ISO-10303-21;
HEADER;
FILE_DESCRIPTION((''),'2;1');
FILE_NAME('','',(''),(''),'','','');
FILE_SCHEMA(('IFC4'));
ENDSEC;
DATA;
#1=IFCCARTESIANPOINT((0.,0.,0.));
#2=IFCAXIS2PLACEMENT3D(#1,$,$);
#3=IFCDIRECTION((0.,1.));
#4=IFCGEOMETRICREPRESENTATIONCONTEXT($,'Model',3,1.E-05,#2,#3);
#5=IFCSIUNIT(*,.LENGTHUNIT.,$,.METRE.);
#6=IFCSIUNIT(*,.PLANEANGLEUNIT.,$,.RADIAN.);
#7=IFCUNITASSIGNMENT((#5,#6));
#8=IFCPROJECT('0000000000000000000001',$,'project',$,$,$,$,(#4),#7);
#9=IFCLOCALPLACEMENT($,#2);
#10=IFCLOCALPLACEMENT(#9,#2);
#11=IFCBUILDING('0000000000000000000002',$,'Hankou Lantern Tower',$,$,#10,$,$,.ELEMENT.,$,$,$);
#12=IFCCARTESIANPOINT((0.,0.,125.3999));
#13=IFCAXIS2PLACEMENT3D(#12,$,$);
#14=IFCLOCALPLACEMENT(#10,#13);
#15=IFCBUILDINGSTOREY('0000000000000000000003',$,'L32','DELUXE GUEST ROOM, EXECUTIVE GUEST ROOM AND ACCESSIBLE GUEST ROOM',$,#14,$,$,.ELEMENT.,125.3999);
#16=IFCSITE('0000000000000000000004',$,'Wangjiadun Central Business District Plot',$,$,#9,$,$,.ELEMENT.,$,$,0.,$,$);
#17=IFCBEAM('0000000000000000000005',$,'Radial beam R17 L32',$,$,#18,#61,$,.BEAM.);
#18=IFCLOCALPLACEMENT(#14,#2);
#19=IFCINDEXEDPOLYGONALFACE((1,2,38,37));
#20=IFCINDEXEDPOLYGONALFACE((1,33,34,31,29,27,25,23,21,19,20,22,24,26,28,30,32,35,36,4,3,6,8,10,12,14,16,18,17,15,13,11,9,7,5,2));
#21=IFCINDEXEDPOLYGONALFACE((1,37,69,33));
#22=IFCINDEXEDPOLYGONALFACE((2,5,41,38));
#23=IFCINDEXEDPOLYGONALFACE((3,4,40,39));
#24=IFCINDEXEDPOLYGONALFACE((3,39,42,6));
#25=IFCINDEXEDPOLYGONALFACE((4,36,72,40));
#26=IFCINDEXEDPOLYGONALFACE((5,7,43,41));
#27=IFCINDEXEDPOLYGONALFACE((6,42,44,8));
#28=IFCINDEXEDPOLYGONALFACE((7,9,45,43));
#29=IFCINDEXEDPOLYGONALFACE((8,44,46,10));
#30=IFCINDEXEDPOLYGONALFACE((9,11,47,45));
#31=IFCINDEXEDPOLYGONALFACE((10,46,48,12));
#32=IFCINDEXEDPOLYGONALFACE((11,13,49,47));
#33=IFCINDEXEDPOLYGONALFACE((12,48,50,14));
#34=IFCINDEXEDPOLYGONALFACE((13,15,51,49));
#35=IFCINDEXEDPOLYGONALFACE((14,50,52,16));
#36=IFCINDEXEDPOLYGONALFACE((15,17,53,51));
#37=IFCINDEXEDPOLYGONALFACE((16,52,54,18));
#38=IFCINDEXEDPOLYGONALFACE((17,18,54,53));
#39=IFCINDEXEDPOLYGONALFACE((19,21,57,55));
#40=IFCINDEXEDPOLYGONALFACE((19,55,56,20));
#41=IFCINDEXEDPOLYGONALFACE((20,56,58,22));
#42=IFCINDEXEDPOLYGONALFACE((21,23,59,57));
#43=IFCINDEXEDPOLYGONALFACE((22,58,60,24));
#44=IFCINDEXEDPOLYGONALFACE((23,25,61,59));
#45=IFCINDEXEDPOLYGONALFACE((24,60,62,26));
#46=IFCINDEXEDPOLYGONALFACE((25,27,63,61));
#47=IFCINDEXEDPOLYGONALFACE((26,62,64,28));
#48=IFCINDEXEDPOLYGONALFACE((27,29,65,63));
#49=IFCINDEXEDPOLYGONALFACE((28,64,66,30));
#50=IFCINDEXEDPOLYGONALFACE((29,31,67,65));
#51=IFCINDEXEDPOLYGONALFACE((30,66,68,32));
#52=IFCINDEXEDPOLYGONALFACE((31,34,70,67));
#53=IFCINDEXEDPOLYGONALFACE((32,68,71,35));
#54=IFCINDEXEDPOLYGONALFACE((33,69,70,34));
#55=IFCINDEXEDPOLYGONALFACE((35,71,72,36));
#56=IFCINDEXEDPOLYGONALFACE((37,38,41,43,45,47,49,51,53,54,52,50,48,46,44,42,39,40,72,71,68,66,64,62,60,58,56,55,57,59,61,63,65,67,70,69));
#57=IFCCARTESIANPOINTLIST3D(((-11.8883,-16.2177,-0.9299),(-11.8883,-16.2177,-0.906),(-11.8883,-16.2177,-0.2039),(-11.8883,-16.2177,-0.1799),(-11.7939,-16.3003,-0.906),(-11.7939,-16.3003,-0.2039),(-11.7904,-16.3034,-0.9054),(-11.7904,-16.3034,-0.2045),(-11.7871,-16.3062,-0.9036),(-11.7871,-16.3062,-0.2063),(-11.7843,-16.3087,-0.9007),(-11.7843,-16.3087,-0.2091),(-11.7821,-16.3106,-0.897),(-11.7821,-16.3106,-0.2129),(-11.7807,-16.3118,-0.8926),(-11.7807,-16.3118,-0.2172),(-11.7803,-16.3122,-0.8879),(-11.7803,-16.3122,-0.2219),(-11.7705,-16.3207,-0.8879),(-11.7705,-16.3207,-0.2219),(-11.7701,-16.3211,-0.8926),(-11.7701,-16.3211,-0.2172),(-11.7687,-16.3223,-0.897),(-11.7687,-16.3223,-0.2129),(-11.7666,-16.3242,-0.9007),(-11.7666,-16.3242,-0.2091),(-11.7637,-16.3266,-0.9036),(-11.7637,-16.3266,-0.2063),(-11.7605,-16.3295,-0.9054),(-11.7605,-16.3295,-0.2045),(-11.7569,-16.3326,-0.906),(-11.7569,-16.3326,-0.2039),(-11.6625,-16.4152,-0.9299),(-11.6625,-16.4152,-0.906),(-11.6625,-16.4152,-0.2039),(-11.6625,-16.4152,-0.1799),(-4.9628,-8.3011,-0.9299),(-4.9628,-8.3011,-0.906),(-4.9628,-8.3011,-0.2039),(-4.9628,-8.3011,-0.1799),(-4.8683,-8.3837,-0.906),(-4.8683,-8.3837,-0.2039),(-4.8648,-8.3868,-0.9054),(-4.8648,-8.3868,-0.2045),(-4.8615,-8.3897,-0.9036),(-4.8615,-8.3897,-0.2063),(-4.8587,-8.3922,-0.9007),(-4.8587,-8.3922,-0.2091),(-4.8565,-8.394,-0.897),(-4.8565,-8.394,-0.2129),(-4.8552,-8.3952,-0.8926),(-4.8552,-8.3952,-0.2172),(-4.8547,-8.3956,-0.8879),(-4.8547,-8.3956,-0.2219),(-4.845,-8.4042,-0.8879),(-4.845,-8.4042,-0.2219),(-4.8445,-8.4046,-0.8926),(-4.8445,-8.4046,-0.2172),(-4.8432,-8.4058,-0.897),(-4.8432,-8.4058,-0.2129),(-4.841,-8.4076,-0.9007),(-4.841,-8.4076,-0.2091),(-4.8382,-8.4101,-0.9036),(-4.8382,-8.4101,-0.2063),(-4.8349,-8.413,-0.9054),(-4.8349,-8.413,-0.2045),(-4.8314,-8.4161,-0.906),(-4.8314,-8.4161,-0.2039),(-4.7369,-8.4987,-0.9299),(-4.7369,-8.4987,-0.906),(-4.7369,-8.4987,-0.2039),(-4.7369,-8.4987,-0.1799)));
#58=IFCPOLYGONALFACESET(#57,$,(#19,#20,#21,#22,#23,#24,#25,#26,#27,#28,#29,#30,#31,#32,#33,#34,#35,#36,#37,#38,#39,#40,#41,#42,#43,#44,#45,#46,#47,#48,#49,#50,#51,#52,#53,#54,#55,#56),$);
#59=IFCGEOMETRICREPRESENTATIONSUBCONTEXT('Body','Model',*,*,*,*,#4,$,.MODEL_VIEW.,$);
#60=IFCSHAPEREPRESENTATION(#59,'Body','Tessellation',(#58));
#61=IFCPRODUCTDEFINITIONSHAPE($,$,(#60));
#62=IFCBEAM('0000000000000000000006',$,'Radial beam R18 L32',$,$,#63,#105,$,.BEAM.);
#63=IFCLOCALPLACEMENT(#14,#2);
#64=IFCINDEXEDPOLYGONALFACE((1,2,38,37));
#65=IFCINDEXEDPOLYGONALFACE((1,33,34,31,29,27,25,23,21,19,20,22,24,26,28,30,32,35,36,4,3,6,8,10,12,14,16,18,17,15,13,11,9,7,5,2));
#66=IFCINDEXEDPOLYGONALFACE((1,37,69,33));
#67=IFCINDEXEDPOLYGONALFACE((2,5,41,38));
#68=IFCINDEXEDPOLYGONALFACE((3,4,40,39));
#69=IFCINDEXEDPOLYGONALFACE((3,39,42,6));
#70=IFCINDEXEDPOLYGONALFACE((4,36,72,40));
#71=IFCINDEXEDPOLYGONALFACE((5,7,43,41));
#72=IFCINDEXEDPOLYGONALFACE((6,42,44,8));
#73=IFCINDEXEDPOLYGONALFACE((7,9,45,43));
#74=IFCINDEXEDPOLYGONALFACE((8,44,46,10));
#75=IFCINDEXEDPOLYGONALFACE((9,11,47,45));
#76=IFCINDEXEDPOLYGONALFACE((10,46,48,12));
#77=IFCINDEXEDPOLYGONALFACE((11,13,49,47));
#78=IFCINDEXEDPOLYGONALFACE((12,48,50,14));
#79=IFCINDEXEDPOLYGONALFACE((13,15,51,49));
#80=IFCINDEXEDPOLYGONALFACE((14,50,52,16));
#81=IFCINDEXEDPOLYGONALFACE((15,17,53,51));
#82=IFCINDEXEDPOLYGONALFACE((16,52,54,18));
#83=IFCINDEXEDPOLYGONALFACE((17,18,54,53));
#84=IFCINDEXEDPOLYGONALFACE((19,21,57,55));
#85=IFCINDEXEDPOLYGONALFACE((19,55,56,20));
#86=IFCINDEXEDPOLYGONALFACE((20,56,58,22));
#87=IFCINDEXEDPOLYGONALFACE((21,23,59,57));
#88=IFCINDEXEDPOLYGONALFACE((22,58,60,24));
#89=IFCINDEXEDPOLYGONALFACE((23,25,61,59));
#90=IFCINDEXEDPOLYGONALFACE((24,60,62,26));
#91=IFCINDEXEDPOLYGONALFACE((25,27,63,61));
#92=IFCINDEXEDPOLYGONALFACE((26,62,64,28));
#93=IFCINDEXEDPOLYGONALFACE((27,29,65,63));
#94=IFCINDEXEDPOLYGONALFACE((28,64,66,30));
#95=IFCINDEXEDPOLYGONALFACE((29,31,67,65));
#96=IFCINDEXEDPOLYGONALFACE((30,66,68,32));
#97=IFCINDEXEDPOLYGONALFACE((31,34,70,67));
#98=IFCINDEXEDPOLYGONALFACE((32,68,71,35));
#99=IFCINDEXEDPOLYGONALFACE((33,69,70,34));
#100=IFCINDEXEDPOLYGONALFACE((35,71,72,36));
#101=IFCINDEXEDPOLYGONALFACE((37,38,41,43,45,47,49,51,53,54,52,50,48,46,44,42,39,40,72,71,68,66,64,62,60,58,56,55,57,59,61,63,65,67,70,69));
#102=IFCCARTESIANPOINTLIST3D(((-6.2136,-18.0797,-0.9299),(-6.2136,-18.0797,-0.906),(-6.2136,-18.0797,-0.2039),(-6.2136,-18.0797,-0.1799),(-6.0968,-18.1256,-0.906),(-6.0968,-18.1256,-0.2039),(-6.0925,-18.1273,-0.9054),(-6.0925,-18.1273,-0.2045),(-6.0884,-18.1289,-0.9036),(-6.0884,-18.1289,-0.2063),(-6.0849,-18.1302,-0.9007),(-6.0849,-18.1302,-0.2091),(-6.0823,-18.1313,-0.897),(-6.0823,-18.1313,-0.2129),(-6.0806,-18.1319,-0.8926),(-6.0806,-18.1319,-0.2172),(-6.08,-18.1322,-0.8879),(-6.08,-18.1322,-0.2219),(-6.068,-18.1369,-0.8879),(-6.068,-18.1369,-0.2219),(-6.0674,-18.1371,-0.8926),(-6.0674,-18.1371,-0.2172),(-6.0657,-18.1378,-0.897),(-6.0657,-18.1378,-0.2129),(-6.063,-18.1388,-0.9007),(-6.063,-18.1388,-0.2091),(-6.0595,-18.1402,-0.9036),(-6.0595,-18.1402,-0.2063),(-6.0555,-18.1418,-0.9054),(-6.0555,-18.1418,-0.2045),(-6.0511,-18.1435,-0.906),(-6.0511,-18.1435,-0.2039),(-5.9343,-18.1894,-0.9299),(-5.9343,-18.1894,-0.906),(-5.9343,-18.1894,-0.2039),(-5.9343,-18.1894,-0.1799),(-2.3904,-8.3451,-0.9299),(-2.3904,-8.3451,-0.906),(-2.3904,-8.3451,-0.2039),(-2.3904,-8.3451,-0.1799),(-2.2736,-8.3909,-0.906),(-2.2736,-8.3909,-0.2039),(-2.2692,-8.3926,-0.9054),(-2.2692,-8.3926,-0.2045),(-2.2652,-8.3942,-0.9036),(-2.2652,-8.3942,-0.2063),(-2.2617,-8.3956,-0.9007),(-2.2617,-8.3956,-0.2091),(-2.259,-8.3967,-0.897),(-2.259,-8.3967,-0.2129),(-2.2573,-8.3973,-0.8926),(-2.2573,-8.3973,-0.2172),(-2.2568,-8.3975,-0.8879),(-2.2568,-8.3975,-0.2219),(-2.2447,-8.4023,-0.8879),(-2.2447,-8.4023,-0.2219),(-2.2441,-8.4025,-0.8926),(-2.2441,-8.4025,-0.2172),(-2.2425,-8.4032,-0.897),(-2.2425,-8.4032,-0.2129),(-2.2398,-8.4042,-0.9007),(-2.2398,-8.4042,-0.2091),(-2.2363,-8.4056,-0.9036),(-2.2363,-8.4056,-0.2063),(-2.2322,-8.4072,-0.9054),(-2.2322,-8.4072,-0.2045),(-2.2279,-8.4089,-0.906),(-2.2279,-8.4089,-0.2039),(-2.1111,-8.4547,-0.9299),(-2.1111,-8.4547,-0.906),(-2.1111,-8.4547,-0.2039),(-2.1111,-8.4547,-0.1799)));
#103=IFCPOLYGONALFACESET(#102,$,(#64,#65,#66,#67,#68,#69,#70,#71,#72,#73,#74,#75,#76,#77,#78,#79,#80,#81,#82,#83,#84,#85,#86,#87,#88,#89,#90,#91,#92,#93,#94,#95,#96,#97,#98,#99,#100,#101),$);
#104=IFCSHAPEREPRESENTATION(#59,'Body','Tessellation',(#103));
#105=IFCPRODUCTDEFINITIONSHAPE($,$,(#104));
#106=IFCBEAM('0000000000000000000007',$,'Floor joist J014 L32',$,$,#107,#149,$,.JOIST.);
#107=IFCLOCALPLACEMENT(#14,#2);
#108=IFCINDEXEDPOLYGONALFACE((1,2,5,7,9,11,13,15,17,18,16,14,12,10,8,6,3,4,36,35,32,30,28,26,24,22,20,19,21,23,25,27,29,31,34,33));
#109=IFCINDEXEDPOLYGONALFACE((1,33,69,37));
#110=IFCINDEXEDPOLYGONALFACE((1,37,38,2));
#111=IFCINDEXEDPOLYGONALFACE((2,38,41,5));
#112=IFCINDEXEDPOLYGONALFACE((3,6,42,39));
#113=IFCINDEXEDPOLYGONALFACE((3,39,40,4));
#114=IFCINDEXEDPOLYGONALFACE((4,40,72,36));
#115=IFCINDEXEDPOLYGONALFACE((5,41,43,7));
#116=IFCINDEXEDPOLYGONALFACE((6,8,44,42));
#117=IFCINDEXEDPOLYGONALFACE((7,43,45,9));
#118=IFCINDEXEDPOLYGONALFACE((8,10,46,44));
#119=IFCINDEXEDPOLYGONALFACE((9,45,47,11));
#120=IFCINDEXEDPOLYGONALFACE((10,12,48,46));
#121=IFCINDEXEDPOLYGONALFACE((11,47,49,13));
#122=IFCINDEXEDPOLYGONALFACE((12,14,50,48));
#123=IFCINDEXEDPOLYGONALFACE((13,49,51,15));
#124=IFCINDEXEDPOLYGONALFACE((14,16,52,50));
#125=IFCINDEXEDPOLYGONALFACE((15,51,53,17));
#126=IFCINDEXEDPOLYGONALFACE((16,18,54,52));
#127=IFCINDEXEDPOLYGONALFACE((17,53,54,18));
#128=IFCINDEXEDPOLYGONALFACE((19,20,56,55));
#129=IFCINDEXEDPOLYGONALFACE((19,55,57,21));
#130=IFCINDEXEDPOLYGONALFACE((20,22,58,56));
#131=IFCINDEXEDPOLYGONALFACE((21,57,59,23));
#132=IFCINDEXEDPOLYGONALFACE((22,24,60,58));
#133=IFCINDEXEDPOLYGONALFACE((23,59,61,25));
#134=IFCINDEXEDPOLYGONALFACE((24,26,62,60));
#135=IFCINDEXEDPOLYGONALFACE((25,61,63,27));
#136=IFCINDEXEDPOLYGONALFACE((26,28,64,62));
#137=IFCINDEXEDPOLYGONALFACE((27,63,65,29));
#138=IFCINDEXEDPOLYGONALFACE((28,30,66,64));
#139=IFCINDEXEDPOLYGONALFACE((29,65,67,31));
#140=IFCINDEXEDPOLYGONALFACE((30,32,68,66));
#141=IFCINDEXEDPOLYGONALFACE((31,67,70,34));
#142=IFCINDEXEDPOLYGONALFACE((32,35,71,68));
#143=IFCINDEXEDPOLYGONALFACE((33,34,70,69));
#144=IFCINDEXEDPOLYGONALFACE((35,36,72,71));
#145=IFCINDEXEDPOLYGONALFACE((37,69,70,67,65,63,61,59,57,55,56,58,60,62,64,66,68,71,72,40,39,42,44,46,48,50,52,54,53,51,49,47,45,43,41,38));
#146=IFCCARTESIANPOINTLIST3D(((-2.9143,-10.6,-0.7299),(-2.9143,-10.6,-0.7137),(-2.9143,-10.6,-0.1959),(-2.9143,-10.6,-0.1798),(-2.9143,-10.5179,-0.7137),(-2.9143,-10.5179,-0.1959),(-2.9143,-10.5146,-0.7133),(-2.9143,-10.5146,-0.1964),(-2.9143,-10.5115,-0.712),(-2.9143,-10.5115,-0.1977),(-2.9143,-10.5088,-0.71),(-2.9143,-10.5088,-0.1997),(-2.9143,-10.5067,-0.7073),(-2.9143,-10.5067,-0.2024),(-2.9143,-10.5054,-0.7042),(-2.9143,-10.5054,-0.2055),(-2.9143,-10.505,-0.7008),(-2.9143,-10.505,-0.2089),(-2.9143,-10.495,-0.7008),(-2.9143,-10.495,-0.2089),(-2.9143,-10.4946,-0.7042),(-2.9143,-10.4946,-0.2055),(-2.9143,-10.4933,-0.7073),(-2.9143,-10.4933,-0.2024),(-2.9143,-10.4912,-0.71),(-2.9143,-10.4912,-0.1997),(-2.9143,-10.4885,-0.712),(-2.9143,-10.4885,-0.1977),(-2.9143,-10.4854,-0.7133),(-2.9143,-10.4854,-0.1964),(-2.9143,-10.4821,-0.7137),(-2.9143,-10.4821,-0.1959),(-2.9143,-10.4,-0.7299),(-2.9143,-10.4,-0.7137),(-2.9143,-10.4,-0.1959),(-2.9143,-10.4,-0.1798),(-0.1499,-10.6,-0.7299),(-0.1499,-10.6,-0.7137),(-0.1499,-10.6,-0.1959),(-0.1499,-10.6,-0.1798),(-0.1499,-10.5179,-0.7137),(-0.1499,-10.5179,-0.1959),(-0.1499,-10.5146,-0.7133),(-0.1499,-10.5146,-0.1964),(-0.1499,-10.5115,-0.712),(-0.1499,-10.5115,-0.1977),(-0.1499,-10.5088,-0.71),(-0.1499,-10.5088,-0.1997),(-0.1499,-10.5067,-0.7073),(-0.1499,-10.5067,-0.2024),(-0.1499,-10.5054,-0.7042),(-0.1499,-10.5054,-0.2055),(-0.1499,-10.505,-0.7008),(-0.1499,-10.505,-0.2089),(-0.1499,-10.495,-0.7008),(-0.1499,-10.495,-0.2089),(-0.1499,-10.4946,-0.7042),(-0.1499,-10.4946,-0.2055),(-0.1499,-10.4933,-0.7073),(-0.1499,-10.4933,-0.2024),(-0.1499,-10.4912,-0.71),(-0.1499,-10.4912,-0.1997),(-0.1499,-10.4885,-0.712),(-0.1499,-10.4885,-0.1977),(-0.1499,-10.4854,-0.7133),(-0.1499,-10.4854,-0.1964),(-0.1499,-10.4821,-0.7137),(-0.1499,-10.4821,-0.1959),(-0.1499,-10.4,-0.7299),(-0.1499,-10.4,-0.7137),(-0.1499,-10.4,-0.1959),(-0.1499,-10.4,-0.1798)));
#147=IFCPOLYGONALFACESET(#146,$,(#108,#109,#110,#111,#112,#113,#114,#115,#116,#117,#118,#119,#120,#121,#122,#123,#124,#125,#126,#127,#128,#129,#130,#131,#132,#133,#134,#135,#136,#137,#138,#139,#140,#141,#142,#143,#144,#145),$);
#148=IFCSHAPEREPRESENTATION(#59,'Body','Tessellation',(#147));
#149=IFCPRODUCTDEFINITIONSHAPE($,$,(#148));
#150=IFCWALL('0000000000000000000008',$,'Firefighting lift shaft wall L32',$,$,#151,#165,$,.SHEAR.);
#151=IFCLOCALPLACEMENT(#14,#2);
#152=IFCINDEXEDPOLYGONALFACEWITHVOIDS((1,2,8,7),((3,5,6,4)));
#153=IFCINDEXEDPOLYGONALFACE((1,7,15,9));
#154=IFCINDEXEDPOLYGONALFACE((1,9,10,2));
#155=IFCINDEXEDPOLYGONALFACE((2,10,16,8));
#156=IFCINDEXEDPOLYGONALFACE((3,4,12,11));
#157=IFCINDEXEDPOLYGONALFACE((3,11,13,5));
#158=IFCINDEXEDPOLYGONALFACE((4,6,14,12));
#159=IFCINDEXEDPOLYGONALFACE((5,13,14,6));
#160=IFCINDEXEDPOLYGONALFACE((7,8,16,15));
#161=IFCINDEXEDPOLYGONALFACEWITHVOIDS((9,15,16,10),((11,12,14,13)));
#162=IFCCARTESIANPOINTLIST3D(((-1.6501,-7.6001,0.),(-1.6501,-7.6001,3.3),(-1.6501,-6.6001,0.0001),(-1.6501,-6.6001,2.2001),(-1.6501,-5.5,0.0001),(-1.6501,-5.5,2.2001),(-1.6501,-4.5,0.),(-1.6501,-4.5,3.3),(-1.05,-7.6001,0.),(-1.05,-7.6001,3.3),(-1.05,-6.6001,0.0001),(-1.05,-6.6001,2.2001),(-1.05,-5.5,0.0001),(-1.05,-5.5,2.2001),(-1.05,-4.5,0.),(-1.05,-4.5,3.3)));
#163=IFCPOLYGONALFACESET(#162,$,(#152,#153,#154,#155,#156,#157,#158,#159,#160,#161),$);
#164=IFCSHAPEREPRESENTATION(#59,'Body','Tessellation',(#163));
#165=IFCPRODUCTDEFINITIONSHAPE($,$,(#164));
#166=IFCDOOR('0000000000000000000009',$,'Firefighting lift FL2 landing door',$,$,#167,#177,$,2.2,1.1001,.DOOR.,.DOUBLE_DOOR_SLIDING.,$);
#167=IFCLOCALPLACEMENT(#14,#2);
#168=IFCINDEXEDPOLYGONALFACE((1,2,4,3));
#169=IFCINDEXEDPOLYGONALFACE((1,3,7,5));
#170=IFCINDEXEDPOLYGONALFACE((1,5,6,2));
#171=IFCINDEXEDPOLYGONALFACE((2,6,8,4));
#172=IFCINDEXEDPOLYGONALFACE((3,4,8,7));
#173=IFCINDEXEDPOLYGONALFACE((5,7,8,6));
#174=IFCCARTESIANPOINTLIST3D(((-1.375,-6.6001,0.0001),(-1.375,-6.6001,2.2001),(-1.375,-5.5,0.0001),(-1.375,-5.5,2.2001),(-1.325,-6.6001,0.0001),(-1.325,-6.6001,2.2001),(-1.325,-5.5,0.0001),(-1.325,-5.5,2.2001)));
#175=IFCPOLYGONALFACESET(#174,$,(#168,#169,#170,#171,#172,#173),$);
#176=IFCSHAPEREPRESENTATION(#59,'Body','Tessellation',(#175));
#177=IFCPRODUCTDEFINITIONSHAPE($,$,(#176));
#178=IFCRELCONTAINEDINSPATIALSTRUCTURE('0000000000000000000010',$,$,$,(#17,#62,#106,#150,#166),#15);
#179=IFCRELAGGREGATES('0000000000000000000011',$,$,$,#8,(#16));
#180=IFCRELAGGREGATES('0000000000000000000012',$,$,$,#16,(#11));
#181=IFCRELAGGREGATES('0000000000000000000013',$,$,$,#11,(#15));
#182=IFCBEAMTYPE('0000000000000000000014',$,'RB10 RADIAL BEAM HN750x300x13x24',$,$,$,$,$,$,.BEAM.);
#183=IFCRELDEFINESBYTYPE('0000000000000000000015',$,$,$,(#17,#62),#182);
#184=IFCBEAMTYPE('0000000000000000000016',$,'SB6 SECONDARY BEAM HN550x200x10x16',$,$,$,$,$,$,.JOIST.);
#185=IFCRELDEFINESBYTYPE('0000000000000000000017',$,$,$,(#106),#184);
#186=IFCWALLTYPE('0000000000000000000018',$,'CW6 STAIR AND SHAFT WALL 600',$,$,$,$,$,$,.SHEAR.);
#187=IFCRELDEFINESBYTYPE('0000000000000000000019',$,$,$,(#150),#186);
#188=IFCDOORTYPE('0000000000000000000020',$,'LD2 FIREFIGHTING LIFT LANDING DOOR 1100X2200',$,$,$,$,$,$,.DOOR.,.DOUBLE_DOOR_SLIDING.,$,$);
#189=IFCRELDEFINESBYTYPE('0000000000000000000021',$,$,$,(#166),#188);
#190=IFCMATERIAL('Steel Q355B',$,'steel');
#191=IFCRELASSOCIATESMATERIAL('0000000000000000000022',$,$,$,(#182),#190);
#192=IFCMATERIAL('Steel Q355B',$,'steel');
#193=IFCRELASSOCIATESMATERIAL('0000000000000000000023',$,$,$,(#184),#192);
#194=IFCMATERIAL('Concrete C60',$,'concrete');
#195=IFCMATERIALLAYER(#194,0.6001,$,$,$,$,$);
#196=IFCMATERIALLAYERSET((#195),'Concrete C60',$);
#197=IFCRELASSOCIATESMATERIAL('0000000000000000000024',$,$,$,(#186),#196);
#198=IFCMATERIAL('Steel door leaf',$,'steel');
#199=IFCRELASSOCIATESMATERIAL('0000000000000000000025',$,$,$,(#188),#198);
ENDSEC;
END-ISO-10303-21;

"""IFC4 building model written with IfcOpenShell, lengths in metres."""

from ifc_helpers import new_model, si_unit, direction, frame, frame_2d, origin, origin_2d, place, context, subcontext, project, spatial, rectangle, i_section, extrude, material, layer, layer_set, material_profile, profile_set, type_object, element, fill, save


model = new_model("IFC4")

# Units and contexts
model_context = context("Model", 3, precision=1e-05, world=origin(), true_north=direction((0.0, 1.0)))
body_context = subcontext(model_context, "Body", "Model", "MODEL_VIEW")
ifc_project = project(units=[si_unit("LENGTHUNIT", "METRE"), si_unit("PLANEANGLEUNIT", "RADIAN")], contexts=[model_context])

# Site, building, storey
site_placement = place(None, origin())
site = spatial("IfcSite", under=ifc_project, at=site_placement, Name="Wangjiadun Central Business District Plot", CompositionType="ELEMENT", RefElevation=0.0)
building_placement = place(site_placement, origin())
building = spatial("IfcBuilding", under=site, at=building_placement, Name="Hankou Lantern Tower", CompositionType="ELEMENT")
storey_placement = place(building_placement, frame((0.0, 0.0, 125.3999)))
storey = spatial("IfcBuildingStorey", under=building, at=storey_placement, Name="L32", Description="DELUXE GUEST ROOM, EXECUTIVE GUEST ROOM AND ACCESSIBLE GUEST ROOM", CompositionType="ELEMENT", Elevation=125.3999)

# Beams
ifc_material_1 = material(Name="Steel Q355B", Category="steel")
ifc_material_profile_1 = material_profile(ifc_material_1, i_section(OverallWidth=0.3, OverallDepth=0.75, WebThickness=0.0129, FlangeThickness=0.0239, FilletRadius=0.0181, at=origin_2d()), Name="HN750x300x13x24")
ifc_profile_set_1 = profile_set([ifc_material_profile_1], Name="Steel Q355B")
beam_type_1 = type_object("IfcBeamType", Name="RB10 RADIAL BEAM HN750x300x13x24", PredefinedType="BEAM", material=ifc_profile_set_1)
beam_1_placement = place(storey_placement, frame((-4.8499, -8.3999, -0.5549), z_axis=(-0.658429, -0.752643, 0.0), x_axis=(0.752643, -0.658429, 0.0)))
element("IfcBeam", 1, at=beam_1_placement, inside=storey, type_object=beam_type_1, Name="Radial beam R17 L32", PredefinedType="BEAM", context=body_context, shape_type="SweptSolid", body=[
    extrude(i_section(OverallWidth=0.3, OverallDepth=0.75, WebThickness=0.0129, FlangeThickness=0.0239, FilletRadius=0.0181, at=origin_2d()), origin(), (0.0, 0.0, 1.0), 10.5183),
])
beam_2_placement = place(storey_placement, frame((-2.2507, -8.3999, -0.5549), z_axis=(-0.365564, -0.930786, 0.0), x_axis=(0.930786, -0.365564, 0.0)))
element("IfcBeam", 2, at=beam_2_placement, inside=storey, type_object=beam_type_1, Name="Radial beam R18 L32", PredefinedType="BEAM", context=body_context, shape_type="SweptSolid", body=[
    extrude(i_section(OverallWidth=0.3, OverallDepth=0.75, WebThickness=0.0129, FlangeThickness=0.0239, FilletRadius=0.0181, at=origin_2d()), origin(), (0.0, 0.0, 1.0), 10.4585),
])
ifc_material_2 = material(Name="Steel Q355B", Category="steel")
ifc_material_profile_2 = material_profile(ifc_material_2, i_section(OverallWidth=0.2, OverallDepth=0.55, WebThickness=0.01, FlangeThickness=0.0161, FilletRadius=0.0129, at=origin_2d()), Name="HN550x200x10x16")
ifc_profile_set_2 = profile_set([ifc_material_profile_2], Name="Steel Q355B")
beam_type_2 = type_object("IfcBeamType", Name="SB6 SECONDARY BEAM HN550x200x10x16", PredefinedType="JOIST", material=ifc_profile_set_2)
beam_3_placement = place(storey_placement, frame((-2.9143, -10.5, -0.4548), z_axis=(1.0, 0.0, 0.0), x_axis=(0.0, 1.0, 0.0)))
element("IfcBeam", 3, at=beam_3_placement, inside=storey, type_object=beam_type_2, Name="Floor joist J014 L32", PredefinedType="JOIST", context=body_context, shape_type="SweptSolid", body=[
    extrude(i_section(OverallWidth=0.2, OverallDepth=0.55, WebThickness=0.01, FlangeThickness=0.0161, FilletRadius=0.0129, at=origin_2d()), origin(), (0.0, 0.0, 1.0), 2.7644),
])

# Wall, opening, door
ifc_material_3 = material(Name="Concrete C60", Category="concrete")
ifc_layer_1 = layer(ifc_material_3, 0.6001)
ifc_layer_set_1 = layer_set([ifc_layer_1], Name="Concrete C60")
wall_type_1 = type_object("IfcWallType", Name="CW6 STAIR AND SHAFT WALL 600", PredefinedType="SHEAR", material=ifc_layer_set_1)
wall_1_placement = place(storey_placement, frame((-1.3501, -7.6001, 0.0), z_axis=(0.0, 0.0, 1.0), x_axis=(0.0, 1.0, 0.0)))
wall_1 = element("IfcWall", 4, at=wall_1_placement, inside=storey, type_object=wall_type_1, Name="Firefighting lift shaft wall L32", PredefinedType="SHEAR", context=body_context, shape_type="SweptSolid", body=[
    extrude(rectangle(XDim=3.1001, YDim=0.6001, at=frame_2d((1.55, 0.0))), origin(), (0.0, 0.0, 1.0), 3.3),
])
opening_1_placement = place(wall_1_placement, frame((1.0, 0.0, 0.0)))
opening_1 = element("IfcOpeningElement", 5, at=opening_1_placement, cuts=wall_1, PredefinedType="OPENING", context=body_context, shape_type="SweptSolid", body=[
    extrude(rectangle(XDim=1.1001, YDim=2.2, at=frame_2d((0.55, 1.1001))), frame((0.0, 0.3101, 0.0), z_axis=(0.0, -1.0, 0.0), x_axis=(1.0, 0.0, 0.0)), (0.0, 0.0, 1.0), 0.6201),
])
ifc_material_4 = material(Name="Steel door leaf", Category="steel")
door_type_1 = type_object("IfcDoorType", Name="LD2 FIREFIGHTING LIFT LANDING DOOR 1100X2200", OperationType="DOUBLE_DOOR_SLIDING", PredefinedType="DOOR", material=ifc_material_4)
door_1_placement = place(opening_1_placement, origin())
door_1 = element("IfcDoor", 6, at=door_1_placement, inside=storey, type_object=door_type_1, Name="Firefighting lift FL2 landing door", OperationType="DOUBLE_DOOR_SLIDING", OverallHeight=2.2, OverallWidth=1.1001, PredefinedType="DOOR", context=body_context, shape_type="SweptSolid", body=[
    extrude(rectangle(XDim=1.1001, YDim=2.2, at=frame_2d((0.55, 1.1001))), frame((0.0, 0.0249, 0.0), z_axis=(0.0, -1.0, 0.0), x_axis=(1.0, 0.0, 0.0)), (0.0, 0.0, 1.0), 0.05),
])
fill(opening_1, door_1)

save(model, "model.ifc")
